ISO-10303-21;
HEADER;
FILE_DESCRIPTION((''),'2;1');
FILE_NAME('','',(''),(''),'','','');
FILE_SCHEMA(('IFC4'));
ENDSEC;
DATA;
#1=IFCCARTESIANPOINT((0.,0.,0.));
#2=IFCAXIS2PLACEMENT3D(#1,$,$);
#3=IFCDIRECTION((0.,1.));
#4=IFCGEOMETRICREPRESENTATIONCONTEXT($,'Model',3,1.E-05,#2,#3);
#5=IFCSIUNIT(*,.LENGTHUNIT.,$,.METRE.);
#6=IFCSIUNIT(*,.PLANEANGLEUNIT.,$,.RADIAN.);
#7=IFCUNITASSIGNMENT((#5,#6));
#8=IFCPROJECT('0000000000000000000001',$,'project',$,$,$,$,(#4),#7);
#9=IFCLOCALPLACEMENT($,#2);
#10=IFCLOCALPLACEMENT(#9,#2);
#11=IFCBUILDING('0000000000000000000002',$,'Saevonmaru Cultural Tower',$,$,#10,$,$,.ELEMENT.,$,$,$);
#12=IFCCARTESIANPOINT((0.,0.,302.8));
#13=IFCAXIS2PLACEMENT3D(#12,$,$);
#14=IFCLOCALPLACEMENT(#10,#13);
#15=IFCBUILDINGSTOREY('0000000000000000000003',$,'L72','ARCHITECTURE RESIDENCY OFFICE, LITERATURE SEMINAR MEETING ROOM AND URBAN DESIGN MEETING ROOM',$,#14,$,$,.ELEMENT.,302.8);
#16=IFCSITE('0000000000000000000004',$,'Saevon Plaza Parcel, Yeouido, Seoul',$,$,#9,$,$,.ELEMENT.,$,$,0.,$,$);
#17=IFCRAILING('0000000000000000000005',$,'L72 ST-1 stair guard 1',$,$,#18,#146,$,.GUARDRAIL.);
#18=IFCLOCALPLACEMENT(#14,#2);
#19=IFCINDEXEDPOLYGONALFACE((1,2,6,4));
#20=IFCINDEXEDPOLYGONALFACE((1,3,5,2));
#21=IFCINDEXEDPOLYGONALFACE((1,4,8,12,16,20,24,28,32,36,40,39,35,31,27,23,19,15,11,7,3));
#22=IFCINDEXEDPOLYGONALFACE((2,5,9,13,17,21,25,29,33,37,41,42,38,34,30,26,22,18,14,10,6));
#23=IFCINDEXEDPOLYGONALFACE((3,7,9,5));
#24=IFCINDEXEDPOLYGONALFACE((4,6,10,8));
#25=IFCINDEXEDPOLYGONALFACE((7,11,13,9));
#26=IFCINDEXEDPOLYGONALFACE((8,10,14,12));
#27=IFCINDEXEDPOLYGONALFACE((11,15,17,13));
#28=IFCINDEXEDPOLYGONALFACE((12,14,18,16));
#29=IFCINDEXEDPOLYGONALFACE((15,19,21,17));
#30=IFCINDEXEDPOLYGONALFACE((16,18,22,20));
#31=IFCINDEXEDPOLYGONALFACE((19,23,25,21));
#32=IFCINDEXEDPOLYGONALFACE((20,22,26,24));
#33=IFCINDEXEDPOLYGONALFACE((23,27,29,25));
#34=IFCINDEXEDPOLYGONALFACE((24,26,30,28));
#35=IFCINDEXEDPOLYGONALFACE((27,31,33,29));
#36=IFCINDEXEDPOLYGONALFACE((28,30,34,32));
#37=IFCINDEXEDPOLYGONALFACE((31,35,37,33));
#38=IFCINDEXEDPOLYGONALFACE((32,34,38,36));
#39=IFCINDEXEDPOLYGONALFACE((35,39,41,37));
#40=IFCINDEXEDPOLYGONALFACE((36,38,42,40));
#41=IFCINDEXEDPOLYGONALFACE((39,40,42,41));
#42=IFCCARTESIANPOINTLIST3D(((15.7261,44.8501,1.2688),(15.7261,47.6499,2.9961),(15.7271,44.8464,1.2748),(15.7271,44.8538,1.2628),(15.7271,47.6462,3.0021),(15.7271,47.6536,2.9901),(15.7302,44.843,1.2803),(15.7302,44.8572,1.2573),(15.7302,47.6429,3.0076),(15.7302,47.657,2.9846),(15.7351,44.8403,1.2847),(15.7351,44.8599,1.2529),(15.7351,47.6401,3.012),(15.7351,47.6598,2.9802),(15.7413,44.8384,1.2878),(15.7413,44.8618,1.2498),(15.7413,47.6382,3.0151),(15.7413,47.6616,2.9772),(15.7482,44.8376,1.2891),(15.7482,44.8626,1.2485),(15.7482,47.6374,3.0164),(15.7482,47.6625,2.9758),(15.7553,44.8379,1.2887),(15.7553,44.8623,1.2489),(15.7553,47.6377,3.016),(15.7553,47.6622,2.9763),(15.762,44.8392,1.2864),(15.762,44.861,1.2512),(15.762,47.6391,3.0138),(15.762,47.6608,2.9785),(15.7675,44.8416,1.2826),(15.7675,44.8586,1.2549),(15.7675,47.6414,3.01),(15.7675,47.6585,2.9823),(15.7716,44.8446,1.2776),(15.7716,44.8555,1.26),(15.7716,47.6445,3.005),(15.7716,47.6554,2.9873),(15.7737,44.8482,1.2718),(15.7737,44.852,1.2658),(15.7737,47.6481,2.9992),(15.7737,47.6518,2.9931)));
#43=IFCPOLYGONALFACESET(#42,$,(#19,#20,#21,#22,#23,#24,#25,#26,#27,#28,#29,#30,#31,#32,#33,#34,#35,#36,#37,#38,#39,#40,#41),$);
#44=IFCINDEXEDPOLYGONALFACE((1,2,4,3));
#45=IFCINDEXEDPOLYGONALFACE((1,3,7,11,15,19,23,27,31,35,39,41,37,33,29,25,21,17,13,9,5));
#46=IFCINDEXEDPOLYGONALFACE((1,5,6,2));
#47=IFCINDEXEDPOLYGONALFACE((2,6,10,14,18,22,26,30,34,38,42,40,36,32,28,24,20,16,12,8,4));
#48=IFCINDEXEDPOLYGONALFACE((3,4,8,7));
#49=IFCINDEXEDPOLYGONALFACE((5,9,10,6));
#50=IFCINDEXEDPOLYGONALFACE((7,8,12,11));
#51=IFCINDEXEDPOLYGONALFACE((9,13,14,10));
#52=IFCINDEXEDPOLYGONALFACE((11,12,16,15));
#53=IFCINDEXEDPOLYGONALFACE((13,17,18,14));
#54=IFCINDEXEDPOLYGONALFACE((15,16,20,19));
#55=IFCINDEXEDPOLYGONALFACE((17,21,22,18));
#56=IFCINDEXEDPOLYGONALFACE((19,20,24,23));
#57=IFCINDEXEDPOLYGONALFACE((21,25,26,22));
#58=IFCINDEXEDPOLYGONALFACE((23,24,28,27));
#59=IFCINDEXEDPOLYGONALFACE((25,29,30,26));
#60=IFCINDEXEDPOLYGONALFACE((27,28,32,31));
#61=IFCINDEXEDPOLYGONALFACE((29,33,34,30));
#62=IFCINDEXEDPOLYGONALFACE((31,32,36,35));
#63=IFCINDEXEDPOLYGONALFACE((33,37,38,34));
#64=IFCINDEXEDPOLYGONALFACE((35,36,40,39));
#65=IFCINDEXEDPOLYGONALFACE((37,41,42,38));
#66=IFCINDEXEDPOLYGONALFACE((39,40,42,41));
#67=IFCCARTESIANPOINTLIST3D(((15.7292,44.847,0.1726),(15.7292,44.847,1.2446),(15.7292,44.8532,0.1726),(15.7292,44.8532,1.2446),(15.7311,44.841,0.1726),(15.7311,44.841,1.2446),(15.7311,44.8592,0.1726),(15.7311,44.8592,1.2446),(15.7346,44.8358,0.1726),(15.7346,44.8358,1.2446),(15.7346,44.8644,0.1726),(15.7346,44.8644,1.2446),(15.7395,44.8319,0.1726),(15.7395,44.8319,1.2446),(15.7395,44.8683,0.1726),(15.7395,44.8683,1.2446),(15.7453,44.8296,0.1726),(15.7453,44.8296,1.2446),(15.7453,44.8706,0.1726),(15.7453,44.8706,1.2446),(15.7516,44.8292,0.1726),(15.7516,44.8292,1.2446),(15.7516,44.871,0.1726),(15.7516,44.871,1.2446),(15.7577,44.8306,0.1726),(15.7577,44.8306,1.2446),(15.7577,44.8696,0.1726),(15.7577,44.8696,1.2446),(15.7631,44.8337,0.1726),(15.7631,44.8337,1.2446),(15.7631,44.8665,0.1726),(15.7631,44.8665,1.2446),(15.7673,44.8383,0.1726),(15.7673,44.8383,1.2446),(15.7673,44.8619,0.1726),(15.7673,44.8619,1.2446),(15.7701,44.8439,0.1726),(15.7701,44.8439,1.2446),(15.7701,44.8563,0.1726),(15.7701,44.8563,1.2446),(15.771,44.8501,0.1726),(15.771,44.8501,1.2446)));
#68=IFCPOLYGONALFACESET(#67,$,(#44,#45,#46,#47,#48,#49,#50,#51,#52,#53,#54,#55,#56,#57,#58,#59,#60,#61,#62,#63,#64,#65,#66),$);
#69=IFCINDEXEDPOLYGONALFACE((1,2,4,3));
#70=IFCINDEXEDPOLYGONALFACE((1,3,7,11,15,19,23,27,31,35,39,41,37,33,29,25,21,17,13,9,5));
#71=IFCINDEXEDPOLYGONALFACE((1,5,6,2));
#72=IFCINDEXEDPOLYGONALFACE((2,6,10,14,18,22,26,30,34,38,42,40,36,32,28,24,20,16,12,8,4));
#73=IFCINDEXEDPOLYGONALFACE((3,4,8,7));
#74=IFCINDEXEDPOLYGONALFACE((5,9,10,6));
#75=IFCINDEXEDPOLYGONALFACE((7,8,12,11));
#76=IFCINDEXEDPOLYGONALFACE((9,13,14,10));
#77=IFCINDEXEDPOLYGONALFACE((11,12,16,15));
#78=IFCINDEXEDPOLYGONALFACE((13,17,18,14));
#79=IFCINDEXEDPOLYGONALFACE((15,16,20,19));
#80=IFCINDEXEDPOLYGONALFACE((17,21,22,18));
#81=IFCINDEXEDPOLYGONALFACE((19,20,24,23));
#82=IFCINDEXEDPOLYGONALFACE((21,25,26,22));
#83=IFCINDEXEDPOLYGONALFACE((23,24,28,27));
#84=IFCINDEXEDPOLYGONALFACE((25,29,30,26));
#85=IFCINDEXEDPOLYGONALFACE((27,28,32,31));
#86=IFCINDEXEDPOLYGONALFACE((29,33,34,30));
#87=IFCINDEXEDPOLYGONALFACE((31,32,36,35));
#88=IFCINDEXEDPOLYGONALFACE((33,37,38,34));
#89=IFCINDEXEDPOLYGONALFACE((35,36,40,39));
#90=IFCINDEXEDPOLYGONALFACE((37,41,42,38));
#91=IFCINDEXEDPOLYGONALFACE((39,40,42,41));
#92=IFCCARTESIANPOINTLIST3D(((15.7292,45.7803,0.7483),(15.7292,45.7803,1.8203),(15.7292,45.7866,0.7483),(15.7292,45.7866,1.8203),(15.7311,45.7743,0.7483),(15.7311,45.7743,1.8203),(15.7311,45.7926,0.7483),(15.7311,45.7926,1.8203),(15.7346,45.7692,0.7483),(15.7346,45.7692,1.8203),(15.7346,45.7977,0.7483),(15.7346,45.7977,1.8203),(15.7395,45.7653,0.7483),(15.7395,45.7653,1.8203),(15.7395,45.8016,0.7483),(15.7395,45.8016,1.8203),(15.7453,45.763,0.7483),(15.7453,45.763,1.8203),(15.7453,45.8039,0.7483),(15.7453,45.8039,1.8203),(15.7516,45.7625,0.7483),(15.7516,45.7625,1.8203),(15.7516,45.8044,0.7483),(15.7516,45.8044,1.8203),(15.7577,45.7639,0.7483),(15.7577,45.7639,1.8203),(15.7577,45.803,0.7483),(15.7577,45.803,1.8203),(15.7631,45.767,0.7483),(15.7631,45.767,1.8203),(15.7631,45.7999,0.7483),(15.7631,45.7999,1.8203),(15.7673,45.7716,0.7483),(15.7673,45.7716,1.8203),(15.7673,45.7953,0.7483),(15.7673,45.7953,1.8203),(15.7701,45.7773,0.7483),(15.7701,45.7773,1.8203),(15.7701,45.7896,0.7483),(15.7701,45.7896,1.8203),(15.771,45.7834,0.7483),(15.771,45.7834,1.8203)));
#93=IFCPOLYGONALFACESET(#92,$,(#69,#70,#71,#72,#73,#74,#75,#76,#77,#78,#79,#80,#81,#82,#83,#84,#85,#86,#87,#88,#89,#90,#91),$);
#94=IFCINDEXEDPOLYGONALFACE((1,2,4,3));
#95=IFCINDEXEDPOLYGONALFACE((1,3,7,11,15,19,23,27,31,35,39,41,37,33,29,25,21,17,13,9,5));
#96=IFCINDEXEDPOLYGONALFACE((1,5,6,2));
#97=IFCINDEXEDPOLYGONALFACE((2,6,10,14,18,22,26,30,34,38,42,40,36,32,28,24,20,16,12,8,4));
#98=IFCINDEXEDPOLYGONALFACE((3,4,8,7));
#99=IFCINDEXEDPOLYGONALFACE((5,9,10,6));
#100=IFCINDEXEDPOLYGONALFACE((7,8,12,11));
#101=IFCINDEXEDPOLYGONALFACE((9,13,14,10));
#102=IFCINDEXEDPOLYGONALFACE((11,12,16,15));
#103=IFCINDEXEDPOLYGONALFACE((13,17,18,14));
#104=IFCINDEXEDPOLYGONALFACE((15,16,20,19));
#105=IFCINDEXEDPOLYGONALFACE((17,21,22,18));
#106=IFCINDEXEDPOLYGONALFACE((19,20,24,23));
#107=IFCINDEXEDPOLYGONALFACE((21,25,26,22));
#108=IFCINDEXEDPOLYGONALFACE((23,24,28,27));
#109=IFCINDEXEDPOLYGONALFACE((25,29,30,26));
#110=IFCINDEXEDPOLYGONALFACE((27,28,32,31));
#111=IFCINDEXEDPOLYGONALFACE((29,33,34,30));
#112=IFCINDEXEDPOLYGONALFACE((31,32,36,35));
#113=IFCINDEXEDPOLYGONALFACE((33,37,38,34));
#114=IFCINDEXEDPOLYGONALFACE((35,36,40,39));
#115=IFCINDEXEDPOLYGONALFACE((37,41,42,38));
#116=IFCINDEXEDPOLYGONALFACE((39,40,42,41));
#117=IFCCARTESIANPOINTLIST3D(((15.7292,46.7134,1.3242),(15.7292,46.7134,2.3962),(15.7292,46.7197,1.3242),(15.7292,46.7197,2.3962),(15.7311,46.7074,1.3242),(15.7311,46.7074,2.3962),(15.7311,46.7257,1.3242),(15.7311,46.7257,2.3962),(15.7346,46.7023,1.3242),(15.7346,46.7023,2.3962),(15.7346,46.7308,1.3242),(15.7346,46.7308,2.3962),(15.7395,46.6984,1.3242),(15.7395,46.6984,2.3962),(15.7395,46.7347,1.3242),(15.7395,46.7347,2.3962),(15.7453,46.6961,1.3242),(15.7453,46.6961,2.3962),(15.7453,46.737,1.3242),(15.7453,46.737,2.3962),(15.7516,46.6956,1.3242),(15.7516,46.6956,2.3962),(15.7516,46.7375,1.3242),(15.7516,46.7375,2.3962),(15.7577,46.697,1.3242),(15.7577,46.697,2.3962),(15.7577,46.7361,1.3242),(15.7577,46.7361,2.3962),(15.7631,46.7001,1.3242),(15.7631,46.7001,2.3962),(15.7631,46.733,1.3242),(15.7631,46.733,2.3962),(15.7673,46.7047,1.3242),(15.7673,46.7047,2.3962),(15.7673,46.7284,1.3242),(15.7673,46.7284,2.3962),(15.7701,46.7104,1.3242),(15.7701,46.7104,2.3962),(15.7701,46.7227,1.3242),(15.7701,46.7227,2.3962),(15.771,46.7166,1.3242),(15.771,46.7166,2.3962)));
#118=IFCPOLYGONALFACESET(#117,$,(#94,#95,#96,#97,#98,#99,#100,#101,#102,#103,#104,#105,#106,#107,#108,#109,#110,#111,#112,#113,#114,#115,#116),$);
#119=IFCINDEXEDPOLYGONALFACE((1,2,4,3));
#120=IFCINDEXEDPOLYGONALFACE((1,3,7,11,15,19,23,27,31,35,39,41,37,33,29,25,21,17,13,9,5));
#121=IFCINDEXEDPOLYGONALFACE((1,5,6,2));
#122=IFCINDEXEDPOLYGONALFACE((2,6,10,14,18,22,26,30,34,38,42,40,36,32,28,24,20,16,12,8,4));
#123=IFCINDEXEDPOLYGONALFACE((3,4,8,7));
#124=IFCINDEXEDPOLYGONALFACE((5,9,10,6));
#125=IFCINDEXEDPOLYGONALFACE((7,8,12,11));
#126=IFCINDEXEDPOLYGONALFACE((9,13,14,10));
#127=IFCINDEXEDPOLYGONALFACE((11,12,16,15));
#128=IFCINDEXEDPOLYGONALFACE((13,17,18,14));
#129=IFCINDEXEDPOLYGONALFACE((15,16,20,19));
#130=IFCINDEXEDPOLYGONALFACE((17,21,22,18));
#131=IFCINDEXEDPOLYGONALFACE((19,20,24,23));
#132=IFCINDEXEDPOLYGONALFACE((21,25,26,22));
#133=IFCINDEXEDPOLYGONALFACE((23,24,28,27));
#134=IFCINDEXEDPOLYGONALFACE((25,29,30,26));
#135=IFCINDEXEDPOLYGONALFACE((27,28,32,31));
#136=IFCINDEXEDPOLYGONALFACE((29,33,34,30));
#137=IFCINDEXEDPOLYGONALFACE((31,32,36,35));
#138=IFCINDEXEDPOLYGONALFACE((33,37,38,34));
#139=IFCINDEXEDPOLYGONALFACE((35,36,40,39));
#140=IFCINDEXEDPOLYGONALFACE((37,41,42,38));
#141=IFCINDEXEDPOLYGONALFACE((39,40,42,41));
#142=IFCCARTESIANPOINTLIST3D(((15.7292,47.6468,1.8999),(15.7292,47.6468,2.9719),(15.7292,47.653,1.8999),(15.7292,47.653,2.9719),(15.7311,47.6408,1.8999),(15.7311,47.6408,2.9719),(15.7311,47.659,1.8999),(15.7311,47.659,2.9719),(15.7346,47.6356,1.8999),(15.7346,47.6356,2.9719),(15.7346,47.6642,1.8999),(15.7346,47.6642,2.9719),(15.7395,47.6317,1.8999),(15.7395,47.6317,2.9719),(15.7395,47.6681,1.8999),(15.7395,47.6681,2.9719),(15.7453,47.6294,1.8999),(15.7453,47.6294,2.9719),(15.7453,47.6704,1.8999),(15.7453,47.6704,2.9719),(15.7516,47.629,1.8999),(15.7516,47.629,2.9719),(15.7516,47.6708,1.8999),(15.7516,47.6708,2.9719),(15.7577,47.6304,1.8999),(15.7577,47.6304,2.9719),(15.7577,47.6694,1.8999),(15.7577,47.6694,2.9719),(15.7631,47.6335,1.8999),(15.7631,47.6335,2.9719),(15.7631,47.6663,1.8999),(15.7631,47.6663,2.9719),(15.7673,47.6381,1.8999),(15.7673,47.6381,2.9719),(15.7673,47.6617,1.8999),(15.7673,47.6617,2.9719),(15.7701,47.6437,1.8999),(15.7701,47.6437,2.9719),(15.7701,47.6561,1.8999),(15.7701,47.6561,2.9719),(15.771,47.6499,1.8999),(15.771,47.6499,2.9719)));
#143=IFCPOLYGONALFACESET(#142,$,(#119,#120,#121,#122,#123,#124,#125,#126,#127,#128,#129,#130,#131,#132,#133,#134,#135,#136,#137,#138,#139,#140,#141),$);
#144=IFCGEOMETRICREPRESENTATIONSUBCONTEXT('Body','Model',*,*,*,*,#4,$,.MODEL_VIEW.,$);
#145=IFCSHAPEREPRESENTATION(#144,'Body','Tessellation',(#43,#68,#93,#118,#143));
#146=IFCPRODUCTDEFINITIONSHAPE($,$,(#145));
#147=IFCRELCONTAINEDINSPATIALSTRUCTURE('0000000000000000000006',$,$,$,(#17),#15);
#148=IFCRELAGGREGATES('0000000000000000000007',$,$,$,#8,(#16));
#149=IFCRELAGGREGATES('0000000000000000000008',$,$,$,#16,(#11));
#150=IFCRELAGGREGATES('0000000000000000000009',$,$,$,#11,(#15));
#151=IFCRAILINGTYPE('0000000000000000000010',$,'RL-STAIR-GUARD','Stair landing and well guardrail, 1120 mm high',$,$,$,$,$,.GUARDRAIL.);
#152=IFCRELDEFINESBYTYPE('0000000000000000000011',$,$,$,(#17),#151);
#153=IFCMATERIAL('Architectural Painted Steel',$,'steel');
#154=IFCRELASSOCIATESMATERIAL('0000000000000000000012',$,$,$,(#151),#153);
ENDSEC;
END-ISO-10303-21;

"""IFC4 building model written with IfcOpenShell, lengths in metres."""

from ifc_helpers import new_model, si_unit, direction, frame, origin, origin_2d, place, context, subcontext, project, spatial, circle, extrude, material, type_object, element, save


model = new_model("IFC4")

# Units and contexts
model_context = context("Model", 3, precision=1e-05, world=origin(), true_north=direction((0.0, 1.0)))
body_context = subcontext(model_context, "Body", "Model", "MODEL_VIEW")
ifc_project = project(units=[si_unit("LENGTHUNIT", "METRE"), si_unit("PLANEANGLEUNIT", "RADIAN")], contexts=[model_context])

# Site, building, storey
site_placement = place(None, origin())
site = spatial("IfcSite", under=ifc_project, at=site_placement, Name="Saevon Plaza Parcel, Yeouido, Seoul", CompositionType="ELEMENT", RefElevation=0.0)
building_placement = place(site_placement, origin())
building = spatial("IfcBuilding", under=site, at=building_placement, Name="Saevonmaru Cultural Tower", CompositionType="ELEMENT")
storey_placement = place(building_placement, frame((0.0, 0.0, 302.8)))
storey = spatial("IfcBuildingStorey", under=building, at=storey_placement, Name="L72", Description="ARCHITECTURE RESIDENCY OFFICE, LITERATURE SEMINAR MEETING ROOM AND URBAN DESIGN MEETING ROOM", CompositionType="ELEMENT", Elevation=302.8)

# Railing
ifc_material_1 = material(Name="Architectural Painted Steel", Category="steel")
railing_type_1 = type_object("IfcRailingType", Name="RL-STAIR-GUARD", Description="Stair landing and well guardrail, 1120 mm high", PredefinedType="GUARDRAIL", material=ifc_material_1)
railing_1_placement = place(storey_placement, frame((15.75, 44.8501, 0.1726)))
element("IfcRailing", 1, at=railing_1_placement, inside=storey, type_object=railing_type_1, Name="L72 ST-1 stair guard 1", PredefinedType="GUARDRAIL", context=body_context, shape_type="SweptSolid", body=[
    extrude(circle(Radius=0.0239, at=origin_2d()), frame((0.0, 0.0, 1.0962), z_axis=(0.0, 0.851069, 0.525054), x_axis=(-1.0, 0.0, 0.0)), (0.0, 0.0, 1.0), 3.2898),
    extrude(circle(Radius=0.021, at=origin_2d()), origin(), (0.0, 0.0, 1.0), 1.072),
    extrude(circle(Radius=0.021, at=origin_2d()), frame((0.0, 0.9333, 0.5757)), (0.0, 0.0, 1.0), 1.072),
    extrude(circle(Radius=0.021, at=origin_2d()), frame((0.0, 1.8665, 1.1516)), (0.0, 0.0, 1.0), 1.072),
    extrude(circle(Radius=0.021, at=origin_2d()), frame((0.0, 2.7998, 1.7273)), (0.0, 0.0, 1.0), 1.072),
])

save(model, "model.ifc")
